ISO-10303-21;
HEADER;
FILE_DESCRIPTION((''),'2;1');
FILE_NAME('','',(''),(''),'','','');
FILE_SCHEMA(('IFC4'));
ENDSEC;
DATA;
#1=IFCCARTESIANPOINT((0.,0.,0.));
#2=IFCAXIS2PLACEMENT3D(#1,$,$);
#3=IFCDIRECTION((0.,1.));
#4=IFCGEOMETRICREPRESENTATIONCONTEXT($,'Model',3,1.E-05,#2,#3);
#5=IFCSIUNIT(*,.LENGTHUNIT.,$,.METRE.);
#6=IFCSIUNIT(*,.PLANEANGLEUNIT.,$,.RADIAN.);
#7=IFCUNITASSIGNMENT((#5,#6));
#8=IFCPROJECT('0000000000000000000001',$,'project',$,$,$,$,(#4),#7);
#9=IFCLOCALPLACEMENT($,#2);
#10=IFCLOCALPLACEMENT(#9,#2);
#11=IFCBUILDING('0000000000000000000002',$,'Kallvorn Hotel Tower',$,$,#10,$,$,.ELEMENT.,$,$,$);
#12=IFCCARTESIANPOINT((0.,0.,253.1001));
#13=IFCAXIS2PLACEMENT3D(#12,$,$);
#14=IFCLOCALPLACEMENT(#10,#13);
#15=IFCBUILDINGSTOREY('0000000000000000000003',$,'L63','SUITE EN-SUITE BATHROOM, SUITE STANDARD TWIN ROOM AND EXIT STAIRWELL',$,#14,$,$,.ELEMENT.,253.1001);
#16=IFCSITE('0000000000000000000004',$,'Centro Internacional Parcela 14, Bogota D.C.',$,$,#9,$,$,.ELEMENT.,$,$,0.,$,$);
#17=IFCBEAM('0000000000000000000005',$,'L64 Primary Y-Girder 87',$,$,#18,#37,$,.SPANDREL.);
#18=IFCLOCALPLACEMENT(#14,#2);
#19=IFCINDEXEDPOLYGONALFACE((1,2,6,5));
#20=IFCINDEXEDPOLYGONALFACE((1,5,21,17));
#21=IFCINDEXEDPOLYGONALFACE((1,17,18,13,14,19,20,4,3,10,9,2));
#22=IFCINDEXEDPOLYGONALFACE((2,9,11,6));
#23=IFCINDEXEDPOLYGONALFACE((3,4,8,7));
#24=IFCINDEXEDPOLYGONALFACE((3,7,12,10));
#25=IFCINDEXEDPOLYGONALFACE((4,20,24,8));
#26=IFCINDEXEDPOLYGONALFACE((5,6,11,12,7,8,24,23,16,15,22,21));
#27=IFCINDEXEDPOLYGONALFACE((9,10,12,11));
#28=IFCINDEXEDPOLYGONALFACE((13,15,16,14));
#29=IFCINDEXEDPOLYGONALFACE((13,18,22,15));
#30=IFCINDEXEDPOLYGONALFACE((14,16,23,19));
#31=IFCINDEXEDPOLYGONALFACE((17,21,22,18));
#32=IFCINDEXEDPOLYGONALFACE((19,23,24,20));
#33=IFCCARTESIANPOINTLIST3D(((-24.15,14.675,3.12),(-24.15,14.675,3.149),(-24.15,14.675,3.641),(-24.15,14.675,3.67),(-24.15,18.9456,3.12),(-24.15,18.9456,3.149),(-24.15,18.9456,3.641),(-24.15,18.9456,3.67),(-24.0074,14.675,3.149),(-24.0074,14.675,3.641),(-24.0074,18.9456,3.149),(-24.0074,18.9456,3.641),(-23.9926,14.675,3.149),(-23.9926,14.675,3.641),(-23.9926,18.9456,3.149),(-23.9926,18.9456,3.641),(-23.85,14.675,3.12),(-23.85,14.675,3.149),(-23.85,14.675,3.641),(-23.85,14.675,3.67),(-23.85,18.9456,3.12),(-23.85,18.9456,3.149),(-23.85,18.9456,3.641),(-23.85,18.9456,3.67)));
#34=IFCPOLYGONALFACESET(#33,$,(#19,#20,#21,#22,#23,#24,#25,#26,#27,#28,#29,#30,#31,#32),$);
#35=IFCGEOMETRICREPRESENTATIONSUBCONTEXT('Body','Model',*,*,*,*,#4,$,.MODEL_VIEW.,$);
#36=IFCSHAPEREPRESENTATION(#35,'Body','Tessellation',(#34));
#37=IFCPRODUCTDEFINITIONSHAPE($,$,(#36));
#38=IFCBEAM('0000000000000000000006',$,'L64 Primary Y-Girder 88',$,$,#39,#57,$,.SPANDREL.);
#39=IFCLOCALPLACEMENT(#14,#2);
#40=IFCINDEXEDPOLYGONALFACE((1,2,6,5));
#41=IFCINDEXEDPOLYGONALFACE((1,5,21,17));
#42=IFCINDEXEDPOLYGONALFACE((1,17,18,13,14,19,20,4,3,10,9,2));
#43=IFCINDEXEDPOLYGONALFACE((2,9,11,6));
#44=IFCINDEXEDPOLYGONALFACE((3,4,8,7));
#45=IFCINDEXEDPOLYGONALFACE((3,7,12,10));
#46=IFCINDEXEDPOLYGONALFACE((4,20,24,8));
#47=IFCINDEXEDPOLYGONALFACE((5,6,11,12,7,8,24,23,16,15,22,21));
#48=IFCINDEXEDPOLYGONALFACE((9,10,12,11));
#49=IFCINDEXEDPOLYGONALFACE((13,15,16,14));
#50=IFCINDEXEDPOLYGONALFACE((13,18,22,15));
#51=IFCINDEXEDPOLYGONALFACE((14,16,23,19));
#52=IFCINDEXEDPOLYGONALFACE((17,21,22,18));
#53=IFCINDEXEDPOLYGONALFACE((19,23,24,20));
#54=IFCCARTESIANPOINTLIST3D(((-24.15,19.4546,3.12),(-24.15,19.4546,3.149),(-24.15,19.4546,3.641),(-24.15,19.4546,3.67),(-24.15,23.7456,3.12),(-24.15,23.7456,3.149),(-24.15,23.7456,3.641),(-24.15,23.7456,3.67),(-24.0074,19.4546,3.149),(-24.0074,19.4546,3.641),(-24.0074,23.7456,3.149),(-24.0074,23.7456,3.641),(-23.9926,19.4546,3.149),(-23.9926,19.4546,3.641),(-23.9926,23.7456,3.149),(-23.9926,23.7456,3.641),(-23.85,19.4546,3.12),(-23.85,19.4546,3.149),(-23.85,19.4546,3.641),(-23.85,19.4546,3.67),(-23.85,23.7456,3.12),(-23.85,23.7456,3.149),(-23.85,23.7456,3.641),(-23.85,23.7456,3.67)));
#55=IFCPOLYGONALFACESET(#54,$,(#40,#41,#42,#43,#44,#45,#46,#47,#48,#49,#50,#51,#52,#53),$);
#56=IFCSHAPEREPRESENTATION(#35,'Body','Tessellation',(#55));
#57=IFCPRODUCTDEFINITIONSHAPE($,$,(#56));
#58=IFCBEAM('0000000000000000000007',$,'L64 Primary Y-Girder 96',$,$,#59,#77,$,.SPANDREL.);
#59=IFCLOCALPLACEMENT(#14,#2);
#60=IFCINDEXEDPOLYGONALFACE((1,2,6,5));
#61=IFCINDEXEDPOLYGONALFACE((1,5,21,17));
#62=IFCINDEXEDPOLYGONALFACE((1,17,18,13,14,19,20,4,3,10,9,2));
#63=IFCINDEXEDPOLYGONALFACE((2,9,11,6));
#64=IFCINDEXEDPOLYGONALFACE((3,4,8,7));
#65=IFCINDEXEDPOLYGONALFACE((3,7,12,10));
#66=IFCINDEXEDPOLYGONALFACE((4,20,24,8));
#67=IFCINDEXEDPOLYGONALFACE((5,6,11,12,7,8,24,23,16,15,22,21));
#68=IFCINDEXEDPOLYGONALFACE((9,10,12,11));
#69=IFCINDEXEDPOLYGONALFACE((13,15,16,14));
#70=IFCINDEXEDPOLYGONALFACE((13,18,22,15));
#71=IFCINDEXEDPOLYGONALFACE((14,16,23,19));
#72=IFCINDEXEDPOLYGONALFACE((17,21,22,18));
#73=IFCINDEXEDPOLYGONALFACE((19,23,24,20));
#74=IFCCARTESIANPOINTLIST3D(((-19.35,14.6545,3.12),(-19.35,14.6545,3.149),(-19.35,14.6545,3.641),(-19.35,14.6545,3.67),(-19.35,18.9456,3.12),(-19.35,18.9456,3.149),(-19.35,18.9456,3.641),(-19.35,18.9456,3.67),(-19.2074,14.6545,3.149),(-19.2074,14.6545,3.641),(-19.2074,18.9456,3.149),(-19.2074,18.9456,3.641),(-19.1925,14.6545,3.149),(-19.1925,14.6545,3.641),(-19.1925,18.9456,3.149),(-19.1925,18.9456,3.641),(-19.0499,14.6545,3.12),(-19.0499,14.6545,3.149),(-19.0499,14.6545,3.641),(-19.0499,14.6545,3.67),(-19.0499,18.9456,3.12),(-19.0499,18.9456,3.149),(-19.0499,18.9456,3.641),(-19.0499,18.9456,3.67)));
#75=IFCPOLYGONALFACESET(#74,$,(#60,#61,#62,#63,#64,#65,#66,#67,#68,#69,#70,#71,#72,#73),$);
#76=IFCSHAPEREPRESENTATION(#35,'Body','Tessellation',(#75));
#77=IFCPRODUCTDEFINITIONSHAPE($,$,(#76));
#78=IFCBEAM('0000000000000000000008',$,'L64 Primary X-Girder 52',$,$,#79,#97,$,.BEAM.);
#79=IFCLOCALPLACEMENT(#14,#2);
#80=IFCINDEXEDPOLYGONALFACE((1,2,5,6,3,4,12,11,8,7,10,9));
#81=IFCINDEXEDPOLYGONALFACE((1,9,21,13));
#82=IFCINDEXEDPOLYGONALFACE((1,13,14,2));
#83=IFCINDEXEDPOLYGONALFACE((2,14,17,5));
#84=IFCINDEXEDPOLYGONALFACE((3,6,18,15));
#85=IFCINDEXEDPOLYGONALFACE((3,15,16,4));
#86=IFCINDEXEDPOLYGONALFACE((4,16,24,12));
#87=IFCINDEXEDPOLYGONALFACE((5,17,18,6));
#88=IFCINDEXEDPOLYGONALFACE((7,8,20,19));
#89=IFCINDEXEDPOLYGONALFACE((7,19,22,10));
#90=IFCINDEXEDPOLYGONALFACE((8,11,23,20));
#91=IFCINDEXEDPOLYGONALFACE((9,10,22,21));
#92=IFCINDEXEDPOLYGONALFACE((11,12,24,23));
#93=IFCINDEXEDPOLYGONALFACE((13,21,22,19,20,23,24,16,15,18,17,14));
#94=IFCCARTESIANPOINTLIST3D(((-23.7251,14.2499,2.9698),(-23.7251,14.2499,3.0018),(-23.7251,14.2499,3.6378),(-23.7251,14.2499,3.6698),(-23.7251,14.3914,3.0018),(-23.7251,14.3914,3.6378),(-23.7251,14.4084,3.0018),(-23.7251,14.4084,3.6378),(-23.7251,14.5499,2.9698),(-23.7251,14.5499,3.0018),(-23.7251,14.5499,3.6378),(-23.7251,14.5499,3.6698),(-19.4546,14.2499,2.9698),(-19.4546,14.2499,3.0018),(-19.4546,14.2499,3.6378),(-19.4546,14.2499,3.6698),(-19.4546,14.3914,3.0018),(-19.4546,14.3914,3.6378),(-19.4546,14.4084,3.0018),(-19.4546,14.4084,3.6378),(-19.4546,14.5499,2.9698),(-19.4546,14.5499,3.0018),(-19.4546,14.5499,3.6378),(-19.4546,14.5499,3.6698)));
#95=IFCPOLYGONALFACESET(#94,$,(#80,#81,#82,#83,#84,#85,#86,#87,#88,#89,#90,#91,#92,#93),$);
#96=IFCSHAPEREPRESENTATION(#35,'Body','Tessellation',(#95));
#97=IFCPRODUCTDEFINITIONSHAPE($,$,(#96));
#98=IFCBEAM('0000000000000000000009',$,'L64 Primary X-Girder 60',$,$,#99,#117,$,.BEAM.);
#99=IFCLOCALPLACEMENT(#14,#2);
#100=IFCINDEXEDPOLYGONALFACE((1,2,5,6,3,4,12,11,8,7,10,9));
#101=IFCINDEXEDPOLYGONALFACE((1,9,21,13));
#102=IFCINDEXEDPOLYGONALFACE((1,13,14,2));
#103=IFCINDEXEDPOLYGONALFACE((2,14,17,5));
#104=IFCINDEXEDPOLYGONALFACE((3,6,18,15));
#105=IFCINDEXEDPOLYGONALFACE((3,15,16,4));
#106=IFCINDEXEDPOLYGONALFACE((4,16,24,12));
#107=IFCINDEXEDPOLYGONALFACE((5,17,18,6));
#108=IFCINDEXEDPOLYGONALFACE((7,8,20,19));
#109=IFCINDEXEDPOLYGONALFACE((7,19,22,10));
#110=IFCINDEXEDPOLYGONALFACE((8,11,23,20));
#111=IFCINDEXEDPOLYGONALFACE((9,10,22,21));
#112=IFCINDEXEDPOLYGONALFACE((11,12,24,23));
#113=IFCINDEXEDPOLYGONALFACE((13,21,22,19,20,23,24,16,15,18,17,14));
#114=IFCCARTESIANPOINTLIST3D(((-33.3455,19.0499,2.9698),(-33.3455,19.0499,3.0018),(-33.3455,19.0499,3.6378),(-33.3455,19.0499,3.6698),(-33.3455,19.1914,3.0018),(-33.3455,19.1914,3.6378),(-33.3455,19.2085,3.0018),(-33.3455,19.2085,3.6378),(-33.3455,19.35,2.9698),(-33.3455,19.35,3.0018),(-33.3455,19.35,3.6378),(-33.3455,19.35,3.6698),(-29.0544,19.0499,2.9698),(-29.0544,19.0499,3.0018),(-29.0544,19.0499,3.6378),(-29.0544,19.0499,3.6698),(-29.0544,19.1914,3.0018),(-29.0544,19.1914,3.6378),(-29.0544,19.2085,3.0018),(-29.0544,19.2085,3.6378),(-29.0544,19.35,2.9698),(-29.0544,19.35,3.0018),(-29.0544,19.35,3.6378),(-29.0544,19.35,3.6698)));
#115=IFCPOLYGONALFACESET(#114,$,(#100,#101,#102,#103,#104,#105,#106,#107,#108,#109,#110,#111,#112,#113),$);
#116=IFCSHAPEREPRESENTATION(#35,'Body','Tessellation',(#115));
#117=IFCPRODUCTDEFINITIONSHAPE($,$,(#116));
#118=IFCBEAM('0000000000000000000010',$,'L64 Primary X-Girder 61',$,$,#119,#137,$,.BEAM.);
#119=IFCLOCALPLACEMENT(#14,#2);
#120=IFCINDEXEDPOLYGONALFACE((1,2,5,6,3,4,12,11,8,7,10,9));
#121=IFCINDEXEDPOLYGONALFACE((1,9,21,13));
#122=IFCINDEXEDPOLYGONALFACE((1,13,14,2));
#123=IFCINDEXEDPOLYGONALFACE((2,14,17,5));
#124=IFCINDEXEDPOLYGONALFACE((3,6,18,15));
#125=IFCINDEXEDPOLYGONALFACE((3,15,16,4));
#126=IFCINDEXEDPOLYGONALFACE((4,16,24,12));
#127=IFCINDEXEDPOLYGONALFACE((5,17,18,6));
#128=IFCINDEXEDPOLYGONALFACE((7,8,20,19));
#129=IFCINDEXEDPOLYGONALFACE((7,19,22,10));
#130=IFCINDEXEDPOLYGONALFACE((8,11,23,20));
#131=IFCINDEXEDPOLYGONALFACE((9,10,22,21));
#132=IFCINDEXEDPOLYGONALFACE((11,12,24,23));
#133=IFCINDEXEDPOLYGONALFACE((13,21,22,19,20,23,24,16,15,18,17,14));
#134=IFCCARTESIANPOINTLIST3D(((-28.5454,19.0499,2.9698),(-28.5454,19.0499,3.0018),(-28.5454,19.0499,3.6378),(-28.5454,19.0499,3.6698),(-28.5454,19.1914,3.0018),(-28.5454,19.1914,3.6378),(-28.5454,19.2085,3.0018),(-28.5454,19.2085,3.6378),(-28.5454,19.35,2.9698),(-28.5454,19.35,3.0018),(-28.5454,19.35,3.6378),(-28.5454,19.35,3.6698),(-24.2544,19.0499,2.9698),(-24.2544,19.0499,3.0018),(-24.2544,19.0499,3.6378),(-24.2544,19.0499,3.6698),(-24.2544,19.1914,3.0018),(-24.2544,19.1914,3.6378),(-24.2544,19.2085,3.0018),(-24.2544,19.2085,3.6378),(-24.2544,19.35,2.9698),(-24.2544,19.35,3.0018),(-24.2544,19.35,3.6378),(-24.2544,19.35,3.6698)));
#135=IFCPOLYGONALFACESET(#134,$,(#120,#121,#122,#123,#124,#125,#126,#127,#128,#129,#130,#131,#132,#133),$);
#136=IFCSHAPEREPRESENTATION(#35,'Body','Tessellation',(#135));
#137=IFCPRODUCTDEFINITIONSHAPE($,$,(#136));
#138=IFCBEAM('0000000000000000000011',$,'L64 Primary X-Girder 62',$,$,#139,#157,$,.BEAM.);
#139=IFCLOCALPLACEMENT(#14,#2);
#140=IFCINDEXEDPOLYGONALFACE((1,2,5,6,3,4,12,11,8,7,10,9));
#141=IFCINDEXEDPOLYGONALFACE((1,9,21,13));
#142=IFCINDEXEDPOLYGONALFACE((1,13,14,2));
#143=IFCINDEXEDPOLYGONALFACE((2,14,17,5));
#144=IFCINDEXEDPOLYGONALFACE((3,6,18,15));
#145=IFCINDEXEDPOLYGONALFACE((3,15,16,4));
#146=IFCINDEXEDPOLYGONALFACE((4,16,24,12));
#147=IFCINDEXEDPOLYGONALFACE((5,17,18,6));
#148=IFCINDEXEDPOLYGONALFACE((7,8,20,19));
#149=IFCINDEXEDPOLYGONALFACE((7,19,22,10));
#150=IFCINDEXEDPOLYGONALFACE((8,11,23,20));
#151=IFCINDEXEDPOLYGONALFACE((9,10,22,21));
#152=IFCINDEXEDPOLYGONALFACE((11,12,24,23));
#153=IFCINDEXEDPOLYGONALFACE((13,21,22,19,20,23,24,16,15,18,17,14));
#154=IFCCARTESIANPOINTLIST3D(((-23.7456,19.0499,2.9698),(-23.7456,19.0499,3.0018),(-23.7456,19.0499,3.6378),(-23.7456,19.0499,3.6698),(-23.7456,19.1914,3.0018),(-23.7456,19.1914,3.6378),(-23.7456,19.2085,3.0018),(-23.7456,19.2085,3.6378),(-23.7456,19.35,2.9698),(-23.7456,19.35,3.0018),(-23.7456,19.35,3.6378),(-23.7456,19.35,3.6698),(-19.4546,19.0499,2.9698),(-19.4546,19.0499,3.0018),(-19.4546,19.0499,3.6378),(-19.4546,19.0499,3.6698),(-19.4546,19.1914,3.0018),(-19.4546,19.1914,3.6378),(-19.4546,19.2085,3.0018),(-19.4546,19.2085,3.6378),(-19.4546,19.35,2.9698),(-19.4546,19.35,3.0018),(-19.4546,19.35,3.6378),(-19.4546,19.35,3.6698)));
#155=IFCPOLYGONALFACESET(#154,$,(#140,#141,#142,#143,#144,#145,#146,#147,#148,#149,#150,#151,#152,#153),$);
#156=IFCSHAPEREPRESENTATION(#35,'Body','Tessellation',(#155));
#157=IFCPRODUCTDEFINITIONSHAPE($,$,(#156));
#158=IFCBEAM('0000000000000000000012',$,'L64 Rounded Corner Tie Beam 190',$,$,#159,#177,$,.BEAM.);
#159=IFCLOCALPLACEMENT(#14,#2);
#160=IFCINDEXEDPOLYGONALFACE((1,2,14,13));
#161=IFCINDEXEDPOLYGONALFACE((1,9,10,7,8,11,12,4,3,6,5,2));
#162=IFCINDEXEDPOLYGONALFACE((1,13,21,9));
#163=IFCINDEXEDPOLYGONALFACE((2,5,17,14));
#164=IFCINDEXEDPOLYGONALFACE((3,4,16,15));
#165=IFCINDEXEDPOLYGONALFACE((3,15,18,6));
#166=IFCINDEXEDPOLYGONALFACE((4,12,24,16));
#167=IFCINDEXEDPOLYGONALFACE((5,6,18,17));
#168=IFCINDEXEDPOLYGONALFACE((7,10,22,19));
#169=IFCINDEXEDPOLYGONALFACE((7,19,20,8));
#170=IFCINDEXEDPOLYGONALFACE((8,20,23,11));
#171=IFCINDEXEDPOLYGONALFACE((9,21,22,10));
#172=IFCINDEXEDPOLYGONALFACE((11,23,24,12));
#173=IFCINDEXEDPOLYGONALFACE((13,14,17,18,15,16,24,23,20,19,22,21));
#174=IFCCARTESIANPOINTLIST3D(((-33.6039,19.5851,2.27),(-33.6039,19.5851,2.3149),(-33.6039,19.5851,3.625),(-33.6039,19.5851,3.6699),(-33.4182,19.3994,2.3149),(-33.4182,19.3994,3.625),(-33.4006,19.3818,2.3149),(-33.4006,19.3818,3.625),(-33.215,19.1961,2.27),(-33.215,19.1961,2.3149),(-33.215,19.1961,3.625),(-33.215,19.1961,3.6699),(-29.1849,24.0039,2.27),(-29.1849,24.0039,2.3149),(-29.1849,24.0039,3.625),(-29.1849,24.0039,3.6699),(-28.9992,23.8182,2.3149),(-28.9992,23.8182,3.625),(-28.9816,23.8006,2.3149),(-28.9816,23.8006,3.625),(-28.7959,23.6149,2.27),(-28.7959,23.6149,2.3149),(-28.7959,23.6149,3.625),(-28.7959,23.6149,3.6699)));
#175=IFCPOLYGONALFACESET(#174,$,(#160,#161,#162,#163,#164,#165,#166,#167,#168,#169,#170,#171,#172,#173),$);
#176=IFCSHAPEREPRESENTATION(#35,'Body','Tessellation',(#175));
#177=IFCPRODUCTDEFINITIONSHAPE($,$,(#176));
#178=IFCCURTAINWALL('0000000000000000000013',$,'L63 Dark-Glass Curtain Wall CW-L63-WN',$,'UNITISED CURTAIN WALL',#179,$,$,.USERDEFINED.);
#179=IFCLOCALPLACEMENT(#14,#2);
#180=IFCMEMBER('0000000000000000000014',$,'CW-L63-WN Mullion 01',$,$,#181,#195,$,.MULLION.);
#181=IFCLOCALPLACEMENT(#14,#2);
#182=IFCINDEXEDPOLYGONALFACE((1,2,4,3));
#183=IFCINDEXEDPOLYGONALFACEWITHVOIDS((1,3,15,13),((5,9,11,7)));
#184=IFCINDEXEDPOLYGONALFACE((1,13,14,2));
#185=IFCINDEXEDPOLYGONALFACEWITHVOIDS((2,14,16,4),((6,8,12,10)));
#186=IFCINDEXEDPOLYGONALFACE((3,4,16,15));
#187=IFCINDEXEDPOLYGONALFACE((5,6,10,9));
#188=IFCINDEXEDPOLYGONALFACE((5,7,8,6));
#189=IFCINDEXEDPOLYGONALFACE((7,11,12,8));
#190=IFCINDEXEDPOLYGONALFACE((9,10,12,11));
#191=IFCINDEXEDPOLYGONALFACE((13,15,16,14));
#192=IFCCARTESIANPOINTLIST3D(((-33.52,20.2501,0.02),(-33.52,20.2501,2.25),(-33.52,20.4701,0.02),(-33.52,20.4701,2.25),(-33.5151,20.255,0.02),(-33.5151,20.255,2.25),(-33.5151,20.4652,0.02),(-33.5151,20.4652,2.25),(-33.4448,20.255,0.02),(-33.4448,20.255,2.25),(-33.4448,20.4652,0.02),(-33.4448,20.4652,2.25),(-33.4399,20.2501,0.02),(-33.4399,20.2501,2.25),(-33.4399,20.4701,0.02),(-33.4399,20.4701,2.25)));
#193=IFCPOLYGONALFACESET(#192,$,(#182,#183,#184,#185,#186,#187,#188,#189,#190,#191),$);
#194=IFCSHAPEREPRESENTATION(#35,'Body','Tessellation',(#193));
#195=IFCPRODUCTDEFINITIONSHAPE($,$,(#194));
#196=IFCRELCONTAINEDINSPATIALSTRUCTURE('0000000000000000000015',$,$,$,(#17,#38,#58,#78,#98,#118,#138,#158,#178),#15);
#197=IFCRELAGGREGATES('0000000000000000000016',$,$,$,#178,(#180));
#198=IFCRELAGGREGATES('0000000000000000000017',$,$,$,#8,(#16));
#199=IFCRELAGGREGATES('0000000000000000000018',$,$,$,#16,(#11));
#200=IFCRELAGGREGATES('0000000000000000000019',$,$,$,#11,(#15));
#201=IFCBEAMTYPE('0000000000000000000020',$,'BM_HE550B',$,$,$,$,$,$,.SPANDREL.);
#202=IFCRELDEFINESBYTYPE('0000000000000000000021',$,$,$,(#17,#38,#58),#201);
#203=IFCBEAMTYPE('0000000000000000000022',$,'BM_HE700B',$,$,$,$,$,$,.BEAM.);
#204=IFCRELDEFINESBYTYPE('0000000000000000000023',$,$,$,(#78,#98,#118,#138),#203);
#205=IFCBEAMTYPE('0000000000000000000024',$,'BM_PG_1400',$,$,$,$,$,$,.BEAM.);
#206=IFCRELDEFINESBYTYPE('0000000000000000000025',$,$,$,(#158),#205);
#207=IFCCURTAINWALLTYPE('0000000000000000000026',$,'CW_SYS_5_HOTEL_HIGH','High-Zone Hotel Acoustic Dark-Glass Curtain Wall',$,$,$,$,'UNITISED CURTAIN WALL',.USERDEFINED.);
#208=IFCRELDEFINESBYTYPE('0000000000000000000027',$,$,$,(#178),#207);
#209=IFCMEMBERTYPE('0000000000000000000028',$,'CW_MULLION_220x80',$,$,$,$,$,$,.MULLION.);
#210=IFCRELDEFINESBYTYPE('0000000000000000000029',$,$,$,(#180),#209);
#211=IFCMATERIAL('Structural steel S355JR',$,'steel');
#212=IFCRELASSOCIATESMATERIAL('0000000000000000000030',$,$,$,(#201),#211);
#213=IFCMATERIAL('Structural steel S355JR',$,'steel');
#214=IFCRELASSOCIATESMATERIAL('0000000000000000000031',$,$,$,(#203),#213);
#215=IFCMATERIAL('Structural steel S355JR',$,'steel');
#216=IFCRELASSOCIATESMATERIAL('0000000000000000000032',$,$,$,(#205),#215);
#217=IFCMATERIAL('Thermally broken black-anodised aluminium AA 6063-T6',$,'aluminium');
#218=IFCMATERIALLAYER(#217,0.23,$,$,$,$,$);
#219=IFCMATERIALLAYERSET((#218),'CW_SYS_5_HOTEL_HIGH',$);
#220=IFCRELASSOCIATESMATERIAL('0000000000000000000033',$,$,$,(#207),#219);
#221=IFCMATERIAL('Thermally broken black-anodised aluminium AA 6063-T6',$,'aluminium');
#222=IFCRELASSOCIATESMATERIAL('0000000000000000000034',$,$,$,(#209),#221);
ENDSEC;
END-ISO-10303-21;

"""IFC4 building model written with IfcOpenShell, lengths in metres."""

from ifc_helpers import new_model, si_unit, direction, frame, origin, origin_2d, place, context, subcontext, project, spatial, hollow_rectangle, i_section, extrude, material, layer, layer_set, material_profile, profile_set, type_object, element, aggregate, save


model = new_model("IFC4")

# Units and contexts
model_context = context("Model", 3, precision=1e-05, world=origin(), true_north=direction((0.0, 1.0)))
body_context = subcontext(model_context, "Body", "Model", "MODEL_VIEW")
ifc_project = project(units=[si_unit("LENGTHUNIT", "METRE"), si_unit("PLANEANGLEUNIT", "RADIAN")], contexts=[model_context])

# Site, building, storey
site_placement = place(None, origin())
site = spatial("IfcSite", under=ifc_project, at=site_placement, Name="Centro Internacional Parcela 14, Bogota D.C.", CompositionType="ELEMENT", RefElevation=0.0)
building_placement = place(site_placement, origin())
building = spatial("IfcBuilding", under=site, at=building_placement, Name="Kallvorn Hotel Tower", CompositionType="ELEMENT")
storey_placement = place(building_placement, frame((0.0, 0.0, 253.1001)))
storey = spatial("IfcBuildingStorey", under=building, at=storey_placement, Name="L63", Description="SUITE EN-SUITE BATHROOM, SUITE STANDARD TWIN ROOM AND EXIT STAIRWELL", CompositionType="ELEMENT", Elevation=253.1001)

# Beams
ifc_material_1 = material(Name="Structural steel S355JR", Category="steel")
ifc_material_profile_1 = material_profile(ifc_material_1, i_section(OverallWidth=0.3, OverallDepth=0.55, WebThickness=0.0149, FlangeThickness=0.0291, at=origin_2d()), Name="HE 550 B")
ifc_profile_set_1 = profile_set([ifc_material_profile_1], Name="Structural steel S355JR")
beam_type_1 = type_object("IfcBeamType", Name="BM_HE550B", PredefinedType="SPANDREL", material=ifc_profile_set_1)
beam_1_placement = place(storey_placement, frame((-24.0, 14.675, 3.395), z_axis=(0.0, 1.0, 0.0), x_axis=(-1.0, 0.0, 0.0)))
element("IfcBeam", 1, at=beam_1_placement, inside=storey, type_object=beam_type_1, Name="L64 Primary Y-Girder 87", PredefinedType="SPANDREL", context=body_context, shape_type="SweptSolid", body=[
    extrude(i_section(OverallWidth=0.3, OverallDepth=0.55, WebThickness=0.0149, FlangeThickness=0.0291, at=origin_2d()), origin(), (0.0, 0.0, 1.0), 4.2705),
])
for number, where, z_axis, x_axis, name in (
    (2, (-24.0, 19.4546, 3.395), (0.0, 1.0, 0.0), (-1.0, 0.0, 0.0), "L64 Primary Y-Girder 88"),
    (3, (-19.2, 14.6545, 3.395), (0.0, 1.0, 0.0), (-1.0, 0.0, 0.0), "L64 Primary Y-Girder 96"),
):
    element("IfcBeam", number, at=place(storey_placement, frame(where, z_axis=z_axis, x_axis=x_axis)), inside=storey, type_object=beam_type_1, Name=name, PredefinedType="SPANDREL", context=body_context, shape_type="SweptSolid", body=[
        extrude(i_section(OverallWidth=0.3, OverallDepth=0.55, WebThickness=0.0149, FlangeThickness=0.0291, at=origin_2d()), origin(), (0.0, 0.0, 1.0), 4.291),
    ])
ifc_material_2 = material(Name="Structural steel S355JR", Category="steel")
ifc_material_profile_2 = material_profile(ifc_material_2, i_section(OverallWidth=0.3, OverallDepth=0.7, WebThickness=0.0171, FlangeThickness=0.032, at=origin_2d()), Name="HE 700 B")
ifc_profile_set_2 = profile_set([ifc_material_profile_2], Name="Structural steel S355JR")
beam_type_2 = type_object("IfcBeamType", Name="BM_HE700B", PredefinedType="BEAM", material=ifc_profile_set_2)
beam_2_placement = place(storey_placement, frame((-23.7251, 14.3999, 3.3198), z_axis=(1.0, 0.0, 0.0), x_axis=(0.0, 1.0, 0.0)))
element("IfcBeam", 4, at=beam_2_placement, inside=storey, type_object=beam_type_2, Name="L64 Primary X-Girder 52", PredefinedType="BEAM", context=body_context, shape_type="SweptSolid", body=[
    extrude(i_section(OverallWidth=0.3, OverallDepth=0.7, WebThickness=0.0171, FlangeThickness=0.032, at=origin_2d()), origin(), (0.0, 0.0, 1.0), 4.2705),
])
for number, where, z_axis, x_axis, name in (
    (5, (-33.3455, 19.2, 3.3198), (1.0, 0.0, 0.0), (0.0, 1.0, 0.0), "L64 Primary X-Girder 60"),
    (6, (-28.5454, 19.2, 3.3198), (1.0, 0.0, 0.0), (0.0, 1.0, 0.0), "L64 Primary X-Girder 61"),
    (7, (-23.7456, 19.2, 3.3198), (1.0, 0.0, 0.0), (0.0, 1.0, 0.0), "L64 Primary X-Girder 62"),
):
    element("IfcBeam", number, at=place(storey_placement, frame(where, z_axis=z_axis, x_axis=x_axis)), inside=storey, type_object=beam_type_2, Name=name, PredefinedType="BEAM", context=body_context, shape_type="SweptSolid", body=[
        extrude(i_section(OverallWidth=0.3, OverallDepth=0.7, WebThickness=0.0171, FlangeThickness=0.032, at=origin_2d()), origin(), (0.0, 0.0, 1.0), 4.291),
    ])
ifc_material_3 = material(Name="Structural steel S355JR", Category="steel")
ifc_material_profile_3 = material_profile(ifc_material_3, i_section(OverallWidth=0.55, OverallDepth=1.3999, WebThickness=0.0249, FlangeThickness=0.0449, at=origin_2d()), Name="PG 1400x550x25x45")
ifc_profile_set_3 = profile_set([ifc_material_profile_3], Name="Structural steel S355JR")
beam_type_3 = type_object("IfcBeamType", Name="BM_PG_1400", PredefinedType="BEAM", material=ifc_profile_set_3)
beam_3_placement = place(storey_placement, frame((-33.4094, 19.3906, 2.97), z_axis=(0.707126, 0.707087, 0.0), x_axis=(-0.707087, 0.707126, 0.0)))
element("IfcBeam", 8, at=beam_3_placement, inside=storey, type_object=beam_type_3, Name="L64 Rounded Corner Tie Beam 190", PredefinedType="BEAM", context=body_context, shape_type="SweptSolid", body=[
    extrude(i_section(OverallWidth=0.55, OverallDepth=1.3999, WebThickness=0.0249, FlangeThickness=0.0449, at=origin_2d()), origin(), (0.0, 0.0, 1.0), 6.2493),
])

# Curtain wall, member
ifc_material_4 = material(Name="Thermally broken black-anodised aluminium AA 6063-T6", Category="aluminium")
ifc_layer_1 = layer(ifc_material_4, 0.23)
ifc_layer_set_1 = layer_set([ifc_layer_1], Name="CW_SYS_5_HOTEL_HIGH")
curtain_wall_type = type_object("IfcCurtainWallType", Name="CW_SYS_5_HOTEL_HIGH", Description="High-Zone Hotel Acoustic Dark-Glass Curtain Wall", ElementType="UNITISED CURTAIN WALL", PredefinedType="USERDEFINED", material=ifc_layer_set_1)
curtain_wall_placement = place(storey_placement, origin())
curtain_wall = element("IfcCurtainWall", 9, at=curtain_wall_placement, inside=storey, type_object=curtain_wall_type, Name="L63 Dark-Glass Curtain Wall CW-L63-WN", ObjectType="UNITISED CURTAIN WALL", PredefinedType="USERDEFINED")
ifc_material_5 = material(Name="Thermally broken black-anodised aluminium AA 6063-T6", Category="aluminium")
ifc_material_profile_4 = material_profile(ifc_material_5, hollow_rectangle(XDim=0.0801, YDim=0.22, WallThickness=0.0049, at=origin_2d()), Name="MUL 220x80")
ifc_profile_set_4 = profile_set([ifc_material_profile_4], Name="Thermally broken black-anodised aluminium AA 6063-T6")
member_type_1 = type_object("IfcMemberType", Name="CW_MULLION_220x80", PredefinedType="MULLION", material=ifc_profile_set_4)
member_placement = place(storey_placement, frame((-33.48, 20.3601, 0.02), z_axis=(0.0, 0.0, 1.0), x_axis=(1.0, 0.0, 0.0)))
member = element("IfcMember", 10, at=member_placement, type_object=member_type_1, Name="CW-L63-WN Mullion 01", PredefinedType="MULLION", context=body_context, shape_type="SweptSolid", body=[
    extrude(hollow_rectangle(XDim=0.0801, YDim=0.22, WallThickness=0.0049, at=origin_2d()), origin(), (0.0, 0.0, 1.0), 2.23),
])
aggregate(curtain_wall, [member])

save(model, "model.ifc")
